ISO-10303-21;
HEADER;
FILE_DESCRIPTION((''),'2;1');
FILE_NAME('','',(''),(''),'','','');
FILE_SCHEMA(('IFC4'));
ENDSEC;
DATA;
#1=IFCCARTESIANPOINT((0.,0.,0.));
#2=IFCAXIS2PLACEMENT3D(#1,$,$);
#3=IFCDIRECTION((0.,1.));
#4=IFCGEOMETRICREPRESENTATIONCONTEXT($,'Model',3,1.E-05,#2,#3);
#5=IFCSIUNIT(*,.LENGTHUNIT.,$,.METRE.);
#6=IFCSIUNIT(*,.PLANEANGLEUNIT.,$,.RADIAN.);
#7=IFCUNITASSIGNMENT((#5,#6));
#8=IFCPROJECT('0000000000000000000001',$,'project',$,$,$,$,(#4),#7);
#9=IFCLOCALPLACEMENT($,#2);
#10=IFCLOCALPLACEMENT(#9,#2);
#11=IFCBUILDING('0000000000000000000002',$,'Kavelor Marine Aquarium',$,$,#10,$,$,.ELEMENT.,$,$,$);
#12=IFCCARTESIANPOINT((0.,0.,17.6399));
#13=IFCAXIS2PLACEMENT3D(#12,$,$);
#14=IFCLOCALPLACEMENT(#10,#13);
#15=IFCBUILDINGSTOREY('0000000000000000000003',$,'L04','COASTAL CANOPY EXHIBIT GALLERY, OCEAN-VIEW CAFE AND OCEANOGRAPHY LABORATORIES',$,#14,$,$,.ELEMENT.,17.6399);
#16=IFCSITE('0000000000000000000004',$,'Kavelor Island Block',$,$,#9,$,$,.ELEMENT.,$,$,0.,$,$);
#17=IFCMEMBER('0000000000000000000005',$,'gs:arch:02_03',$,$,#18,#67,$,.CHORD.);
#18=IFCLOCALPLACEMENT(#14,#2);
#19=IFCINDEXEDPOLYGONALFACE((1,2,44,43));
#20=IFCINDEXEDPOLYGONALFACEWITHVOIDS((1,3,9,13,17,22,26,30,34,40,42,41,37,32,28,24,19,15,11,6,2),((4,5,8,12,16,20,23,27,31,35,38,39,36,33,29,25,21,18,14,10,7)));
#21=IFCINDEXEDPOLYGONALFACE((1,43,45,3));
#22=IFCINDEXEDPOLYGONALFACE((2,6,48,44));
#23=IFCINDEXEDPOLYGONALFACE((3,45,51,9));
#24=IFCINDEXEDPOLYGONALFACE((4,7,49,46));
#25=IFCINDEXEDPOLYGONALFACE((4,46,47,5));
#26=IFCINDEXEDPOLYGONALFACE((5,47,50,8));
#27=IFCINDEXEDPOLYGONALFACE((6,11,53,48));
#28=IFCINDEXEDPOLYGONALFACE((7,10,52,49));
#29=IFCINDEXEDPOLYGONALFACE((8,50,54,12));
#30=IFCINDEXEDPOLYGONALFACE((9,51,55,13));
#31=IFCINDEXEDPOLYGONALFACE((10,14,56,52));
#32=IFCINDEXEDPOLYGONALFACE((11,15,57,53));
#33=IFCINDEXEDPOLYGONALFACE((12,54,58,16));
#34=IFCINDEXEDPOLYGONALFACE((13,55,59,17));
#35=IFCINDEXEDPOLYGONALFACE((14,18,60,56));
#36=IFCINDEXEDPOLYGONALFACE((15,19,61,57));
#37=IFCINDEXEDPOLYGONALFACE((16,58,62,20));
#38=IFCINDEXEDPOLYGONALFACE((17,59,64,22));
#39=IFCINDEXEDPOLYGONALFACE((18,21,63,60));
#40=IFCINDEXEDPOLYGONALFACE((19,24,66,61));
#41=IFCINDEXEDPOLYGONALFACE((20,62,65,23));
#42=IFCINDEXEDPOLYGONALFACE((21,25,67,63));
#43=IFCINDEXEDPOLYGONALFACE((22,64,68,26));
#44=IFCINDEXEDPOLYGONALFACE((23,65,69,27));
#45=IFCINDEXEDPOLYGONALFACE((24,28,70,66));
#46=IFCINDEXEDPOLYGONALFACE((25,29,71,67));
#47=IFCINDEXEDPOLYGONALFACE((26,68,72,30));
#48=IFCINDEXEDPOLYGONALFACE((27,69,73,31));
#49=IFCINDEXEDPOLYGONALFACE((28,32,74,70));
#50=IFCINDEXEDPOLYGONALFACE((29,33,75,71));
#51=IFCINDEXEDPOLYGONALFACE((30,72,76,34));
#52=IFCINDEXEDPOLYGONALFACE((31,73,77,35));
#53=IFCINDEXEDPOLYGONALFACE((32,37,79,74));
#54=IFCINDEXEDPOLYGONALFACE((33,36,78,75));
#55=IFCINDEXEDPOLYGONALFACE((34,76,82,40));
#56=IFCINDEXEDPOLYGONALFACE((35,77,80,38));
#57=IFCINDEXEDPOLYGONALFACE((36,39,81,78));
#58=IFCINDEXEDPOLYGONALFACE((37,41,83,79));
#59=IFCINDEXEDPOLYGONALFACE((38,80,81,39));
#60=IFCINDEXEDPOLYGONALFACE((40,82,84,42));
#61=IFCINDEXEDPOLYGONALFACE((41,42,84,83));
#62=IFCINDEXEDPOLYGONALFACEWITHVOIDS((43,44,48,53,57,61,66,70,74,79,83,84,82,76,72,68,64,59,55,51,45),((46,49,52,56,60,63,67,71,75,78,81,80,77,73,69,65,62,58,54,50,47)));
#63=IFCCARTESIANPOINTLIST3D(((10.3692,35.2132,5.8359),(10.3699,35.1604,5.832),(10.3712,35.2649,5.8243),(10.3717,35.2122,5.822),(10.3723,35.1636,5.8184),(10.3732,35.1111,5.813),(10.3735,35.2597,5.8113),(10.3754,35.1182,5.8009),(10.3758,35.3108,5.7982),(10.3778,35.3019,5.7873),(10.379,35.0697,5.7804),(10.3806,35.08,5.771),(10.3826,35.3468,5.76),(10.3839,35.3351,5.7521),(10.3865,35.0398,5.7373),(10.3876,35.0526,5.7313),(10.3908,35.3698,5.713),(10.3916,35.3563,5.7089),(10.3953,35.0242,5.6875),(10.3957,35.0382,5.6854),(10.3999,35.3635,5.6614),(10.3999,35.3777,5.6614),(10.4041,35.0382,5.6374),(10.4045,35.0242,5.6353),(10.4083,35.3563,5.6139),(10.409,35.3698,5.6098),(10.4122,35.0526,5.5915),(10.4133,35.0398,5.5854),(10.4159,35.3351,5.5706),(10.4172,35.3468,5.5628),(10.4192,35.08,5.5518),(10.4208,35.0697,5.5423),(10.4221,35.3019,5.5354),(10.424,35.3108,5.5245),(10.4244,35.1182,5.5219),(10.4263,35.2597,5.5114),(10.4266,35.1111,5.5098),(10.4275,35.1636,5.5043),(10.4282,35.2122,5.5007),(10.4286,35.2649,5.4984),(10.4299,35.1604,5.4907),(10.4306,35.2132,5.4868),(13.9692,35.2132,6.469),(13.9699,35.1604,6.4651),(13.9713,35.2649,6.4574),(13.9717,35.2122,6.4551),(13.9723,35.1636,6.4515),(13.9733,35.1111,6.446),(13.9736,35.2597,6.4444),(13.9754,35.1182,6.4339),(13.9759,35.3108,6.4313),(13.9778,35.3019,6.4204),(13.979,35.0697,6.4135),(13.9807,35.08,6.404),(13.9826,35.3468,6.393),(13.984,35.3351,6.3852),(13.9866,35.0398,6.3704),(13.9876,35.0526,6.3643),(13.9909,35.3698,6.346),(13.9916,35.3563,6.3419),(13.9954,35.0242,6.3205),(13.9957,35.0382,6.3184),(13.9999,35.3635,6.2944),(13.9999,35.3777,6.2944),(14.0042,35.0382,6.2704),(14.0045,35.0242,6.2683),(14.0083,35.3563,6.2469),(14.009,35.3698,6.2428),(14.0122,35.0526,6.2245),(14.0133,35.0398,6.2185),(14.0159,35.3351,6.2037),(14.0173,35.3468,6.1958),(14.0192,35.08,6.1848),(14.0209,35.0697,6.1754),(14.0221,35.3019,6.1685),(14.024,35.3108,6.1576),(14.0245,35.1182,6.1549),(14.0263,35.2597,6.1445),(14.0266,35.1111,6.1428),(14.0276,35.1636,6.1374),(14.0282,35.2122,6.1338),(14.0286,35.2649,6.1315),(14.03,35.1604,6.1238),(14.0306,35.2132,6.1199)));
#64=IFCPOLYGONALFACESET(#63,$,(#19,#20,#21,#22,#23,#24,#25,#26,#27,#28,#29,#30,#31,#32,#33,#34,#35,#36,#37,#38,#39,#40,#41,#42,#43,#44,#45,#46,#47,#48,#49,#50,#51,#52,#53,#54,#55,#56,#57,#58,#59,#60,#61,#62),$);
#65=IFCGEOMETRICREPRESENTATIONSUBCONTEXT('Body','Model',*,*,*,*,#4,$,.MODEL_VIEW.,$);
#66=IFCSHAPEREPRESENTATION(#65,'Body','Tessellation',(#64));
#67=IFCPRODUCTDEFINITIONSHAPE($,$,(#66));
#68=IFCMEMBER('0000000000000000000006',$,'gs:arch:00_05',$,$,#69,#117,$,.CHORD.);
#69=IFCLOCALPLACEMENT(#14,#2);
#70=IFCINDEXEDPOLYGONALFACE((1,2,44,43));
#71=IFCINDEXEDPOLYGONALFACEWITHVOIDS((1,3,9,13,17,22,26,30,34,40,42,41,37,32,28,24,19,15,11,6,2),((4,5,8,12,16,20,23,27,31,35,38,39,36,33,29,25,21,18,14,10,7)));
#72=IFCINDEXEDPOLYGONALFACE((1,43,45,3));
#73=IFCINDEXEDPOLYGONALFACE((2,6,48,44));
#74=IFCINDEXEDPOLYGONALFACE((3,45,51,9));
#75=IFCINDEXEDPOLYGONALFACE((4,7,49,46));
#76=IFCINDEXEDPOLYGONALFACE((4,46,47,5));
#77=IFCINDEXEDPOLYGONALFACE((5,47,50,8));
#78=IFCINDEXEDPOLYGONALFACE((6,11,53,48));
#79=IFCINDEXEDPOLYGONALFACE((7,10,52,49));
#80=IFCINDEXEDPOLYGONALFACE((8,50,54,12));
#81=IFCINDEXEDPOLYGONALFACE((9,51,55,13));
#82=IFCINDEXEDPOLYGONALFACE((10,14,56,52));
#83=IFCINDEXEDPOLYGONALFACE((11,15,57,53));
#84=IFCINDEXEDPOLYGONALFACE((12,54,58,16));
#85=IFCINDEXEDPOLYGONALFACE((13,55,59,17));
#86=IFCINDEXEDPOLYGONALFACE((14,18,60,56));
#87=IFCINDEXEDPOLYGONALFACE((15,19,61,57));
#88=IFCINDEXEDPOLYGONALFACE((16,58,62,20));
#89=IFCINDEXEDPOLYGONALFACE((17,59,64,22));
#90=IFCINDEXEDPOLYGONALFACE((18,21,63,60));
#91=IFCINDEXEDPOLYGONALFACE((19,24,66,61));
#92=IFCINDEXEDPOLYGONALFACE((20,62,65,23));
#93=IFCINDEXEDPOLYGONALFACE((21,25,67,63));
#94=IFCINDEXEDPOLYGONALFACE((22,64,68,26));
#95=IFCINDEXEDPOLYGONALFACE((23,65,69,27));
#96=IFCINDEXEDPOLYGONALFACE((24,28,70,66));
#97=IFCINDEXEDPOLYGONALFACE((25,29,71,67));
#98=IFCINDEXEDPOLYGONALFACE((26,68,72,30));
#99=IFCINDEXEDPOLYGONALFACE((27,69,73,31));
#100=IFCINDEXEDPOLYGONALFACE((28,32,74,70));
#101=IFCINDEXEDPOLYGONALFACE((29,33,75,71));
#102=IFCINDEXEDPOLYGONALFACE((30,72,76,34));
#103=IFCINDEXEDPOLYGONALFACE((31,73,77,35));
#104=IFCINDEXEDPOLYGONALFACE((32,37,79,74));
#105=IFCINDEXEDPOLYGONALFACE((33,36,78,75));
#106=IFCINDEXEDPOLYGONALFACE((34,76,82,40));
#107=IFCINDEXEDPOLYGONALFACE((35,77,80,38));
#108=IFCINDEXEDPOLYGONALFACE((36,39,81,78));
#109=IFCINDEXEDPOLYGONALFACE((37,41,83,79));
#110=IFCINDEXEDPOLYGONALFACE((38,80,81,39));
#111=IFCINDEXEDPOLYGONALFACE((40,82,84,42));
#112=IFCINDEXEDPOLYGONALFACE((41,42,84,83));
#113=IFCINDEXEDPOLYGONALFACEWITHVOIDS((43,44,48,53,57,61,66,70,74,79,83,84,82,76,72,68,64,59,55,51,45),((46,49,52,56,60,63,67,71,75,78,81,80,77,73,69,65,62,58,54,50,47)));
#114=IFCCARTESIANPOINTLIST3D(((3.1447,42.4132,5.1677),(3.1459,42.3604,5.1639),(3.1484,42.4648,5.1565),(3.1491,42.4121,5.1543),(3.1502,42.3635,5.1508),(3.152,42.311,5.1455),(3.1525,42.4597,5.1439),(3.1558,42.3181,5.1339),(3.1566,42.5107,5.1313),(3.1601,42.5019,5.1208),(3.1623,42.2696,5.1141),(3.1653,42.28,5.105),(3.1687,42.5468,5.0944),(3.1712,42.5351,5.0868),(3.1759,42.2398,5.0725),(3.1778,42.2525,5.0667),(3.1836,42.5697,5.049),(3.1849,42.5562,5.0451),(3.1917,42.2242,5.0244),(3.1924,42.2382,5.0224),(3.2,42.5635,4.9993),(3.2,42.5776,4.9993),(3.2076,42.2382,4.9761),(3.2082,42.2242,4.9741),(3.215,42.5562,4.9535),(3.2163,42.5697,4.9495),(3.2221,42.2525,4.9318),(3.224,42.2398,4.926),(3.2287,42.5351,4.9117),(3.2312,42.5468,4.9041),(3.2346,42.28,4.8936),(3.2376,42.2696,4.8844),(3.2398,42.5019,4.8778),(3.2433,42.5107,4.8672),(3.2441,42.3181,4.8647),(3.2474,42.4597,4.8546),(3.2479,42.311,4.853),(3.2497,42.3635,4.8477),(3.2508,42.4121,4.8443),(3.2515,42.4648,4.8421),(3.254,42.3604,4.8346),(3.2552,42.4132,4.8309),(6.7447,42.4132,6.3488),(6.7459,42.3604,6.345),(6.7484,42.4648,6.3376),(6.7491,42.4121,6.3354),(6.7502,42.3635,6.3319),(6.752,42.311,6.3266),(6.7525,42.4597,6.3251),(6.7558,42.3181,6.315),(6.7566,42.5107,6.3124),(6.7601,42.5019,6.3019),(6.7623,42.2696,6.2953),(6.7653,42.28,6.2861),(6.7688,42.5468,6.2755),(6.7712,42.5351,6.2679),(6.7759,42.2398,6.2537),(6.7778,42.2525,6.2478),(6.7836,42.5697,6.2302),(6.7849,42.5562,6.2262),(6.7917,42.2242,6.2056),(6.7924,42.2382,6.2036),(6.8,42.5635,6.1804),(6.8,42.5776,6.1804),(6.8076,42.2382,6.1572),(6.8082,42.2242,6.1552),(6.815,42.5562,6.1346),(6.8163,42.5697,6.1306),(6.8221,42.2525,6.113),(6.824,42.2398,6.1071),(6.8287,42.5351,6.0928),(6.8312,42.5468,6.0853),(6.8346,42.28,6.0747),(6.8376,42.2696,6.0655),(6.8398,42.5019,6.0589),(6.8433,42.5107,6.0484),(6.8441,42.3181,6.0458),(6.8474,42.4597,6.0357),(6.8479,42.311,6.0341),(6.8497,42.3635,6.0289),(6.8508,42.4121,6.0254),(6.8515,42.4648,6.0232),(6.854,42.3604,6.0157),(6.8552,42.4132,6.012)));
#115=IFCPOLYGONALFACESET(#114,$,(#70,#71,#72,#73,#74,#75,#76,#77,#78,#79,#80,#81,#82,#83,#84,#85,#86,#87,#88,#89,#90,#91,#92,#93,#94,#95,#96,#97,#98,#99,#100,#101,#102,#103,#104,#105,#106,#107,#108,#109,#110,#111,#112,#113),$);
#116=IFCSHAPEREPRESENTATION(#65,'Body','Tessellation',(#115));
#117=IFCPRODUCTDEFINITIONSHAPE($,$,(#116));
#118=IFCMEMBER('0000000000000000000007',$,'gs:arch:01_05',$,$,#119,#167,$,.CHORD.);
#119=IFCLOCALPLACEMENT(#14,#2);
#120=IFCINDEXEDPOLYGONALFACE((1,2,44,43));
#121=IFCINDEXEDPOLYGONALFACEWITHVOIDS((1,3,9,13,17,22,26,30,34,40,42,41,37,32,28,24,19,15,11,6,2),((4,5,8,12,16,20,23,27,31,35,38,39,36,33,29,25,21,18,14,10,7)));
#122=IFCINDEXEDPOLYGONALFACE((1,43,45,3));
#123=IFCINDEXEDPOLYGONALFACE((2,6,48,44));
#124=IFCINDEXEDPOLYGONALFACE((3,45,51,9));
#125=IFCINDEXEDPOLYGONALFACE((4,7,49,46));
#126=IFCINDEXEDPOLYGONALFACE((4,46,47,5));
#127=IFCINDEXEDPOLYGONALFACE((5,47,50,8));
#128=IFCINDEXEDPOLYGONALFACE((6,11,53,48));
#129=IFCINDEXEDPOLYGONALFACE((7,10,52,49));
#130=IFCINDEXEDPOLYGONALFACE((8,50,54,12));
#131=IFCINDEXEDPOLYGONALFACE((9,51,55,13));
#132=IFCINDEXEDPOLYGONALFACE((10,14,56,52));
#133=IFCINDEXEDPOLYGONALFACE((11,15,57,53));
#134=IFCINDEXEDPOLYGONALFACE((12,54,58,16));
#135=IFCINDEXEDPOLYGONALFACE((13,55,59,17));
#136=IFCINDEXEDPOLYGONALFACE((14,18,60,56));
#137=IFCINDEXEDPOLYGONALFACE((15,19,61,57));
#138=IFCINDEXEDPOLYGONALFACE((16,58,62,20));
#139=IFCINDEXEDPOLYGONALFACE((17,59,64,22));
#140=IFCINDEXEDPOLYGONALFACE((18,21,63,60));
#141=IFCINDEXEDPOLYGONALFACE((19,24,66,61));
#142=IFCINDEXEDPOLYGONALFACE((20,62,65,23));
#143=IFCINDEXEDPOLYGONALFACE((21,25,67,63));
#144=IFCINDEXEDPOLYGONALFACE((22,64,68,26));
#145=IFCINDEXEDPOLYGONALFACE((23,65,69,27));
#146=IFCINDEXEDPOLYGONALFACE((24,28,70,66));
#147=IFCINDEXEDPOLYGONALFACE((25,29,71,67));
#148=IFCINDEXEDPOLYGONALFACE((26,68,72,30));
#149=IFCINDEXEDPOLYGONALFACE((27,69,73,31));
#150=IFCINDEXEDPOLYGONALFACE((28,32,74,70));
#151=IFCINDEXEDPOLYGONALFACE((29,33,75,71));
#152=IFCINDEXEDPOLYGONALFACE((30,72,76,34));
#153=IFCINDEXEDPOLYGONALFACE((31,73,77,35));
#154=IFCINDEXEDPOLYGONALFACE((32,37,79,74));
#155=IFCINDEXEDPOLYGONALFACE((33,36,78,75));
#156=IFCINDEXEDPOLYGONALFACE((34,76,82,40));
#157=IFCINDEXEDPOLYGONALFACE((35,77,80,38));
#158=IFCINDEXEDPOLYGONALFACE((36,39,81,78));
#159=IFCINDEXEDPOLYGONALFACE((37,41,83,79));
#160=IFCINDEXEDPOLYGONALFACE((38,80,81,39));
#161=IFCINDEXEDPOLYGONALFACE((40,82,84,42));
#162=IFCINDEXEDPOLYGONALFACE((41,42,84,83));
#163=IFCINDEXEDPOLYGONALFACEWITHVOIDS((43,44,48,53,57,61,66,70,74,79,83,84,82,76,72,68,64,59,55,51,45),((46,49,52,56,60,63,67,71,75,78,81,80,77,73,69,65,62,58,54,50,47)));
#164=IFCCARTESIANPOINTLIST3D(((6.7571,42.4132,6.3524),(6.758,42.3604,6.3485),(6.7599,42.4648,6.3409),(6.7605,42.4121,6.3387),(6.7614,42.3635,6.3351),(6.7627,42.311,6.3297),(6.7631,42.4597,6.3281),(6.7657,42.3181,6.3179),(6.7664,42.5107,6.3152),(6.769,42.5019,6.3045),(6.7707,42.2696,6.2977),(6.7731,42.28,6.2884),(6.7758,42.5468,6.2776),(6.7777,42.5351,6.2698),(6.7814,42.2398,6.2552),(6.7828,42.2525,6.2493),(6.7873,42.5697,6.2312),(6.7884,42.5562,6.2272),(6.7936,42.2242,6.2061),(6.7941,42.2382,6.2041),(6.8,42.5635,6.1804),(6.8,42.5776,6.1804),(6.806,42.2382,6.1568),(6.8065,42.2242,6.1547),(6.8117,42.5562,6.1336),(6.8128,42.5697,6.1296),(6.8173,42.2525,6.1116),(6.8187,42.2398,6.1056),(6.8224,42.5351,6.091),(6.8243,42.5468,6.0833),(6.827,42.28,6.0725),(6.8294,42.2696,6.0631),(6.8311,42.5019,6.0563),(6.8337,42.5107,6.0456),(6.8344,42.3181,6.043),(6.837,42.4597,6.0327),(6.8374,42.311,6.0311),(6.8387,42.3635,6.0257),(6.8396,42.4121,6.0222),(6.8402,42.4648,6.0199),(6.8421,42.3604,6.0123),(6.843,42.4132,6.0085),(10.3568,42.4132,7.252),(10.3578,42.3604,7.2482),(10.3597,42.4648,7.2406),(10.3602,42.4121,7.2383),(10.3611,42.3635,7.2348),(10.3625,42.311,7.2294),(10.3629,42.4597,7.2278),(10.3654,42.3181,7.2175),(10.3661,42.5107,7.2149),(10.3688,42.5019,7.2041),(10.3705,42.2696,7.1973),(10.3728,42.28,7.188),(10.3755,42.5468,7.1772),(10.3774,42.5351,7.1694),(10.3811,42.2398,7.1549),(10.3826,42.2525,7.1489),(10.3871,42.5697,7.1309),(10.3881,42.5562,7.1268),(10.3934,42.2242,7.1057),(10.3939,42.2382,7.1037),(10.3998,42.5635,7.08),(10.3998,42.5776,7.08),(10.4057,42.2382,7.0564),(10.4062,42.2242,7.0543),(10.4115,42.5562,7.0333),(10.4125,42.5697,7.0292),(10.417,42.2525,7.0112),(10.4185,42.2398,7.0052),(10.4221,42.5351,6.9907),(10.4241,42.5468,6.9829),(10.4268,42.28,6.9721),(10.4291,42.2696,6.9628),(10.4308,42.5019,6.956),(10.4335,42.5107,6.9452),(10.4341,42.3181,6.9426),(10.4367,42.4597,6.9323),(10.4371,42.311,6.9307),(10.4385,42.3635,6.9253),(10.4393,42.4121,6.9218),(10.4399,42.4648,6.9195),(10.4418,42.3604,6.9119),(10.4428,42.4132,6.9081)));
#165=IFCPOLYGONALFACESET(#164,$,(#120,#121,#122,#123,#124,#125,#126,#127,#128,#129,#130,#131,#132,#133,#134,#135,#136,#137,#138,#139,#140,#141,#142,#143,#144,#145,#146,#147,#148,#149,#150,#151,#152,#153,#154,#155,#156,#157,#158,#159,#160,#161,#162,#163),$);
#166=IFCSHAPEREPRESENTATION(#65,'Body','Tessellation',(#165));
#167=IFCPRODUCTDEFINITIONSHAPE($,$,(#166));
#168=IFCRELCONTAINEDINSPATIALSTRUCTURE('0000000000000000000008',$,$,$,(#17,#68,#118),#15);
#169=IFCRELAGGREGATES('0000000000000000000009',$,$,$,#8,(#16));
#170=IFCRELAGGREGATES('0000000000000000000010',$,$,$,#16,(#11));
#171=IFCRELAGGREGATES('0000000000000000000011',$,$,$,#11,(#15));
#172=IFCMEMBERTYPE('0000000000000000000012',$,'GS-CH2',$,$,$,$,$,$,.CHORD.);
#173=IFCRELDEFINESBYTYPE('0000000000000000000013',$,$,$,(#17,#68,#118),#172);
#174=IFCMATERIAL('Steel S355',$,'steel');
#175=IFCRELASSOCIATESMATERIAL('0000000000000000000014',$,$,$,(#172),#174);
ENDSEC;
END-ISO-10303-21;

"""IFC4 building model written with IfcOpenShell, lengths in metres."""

from ifc_helpers import new_model, si_unit, direction, frame, origin, origin_2d, place, context, subcontext, project, spatial, hollow_circle, extrude, material, material_profile, profile_set, type_object, element, save


model = new_model("IFC4")

# Units and contexts
model_context = context("Model", 3, precision=1e-05, world=origin(), true_north=direction((0.0, 1.0)))
body_context = subcontext(model_context, "Body", "Model", "MODEL_VIEW")
ifc_project = project(units=[si_unit("LENGTHUNIT", "METRE"), si_unit("PLANEANGLEUNIT", "RADIAN")], contexts=[model_context])

# Site, building, storey
site_placement = place(None, origin())
site = spatial("IfcSite", under=ifc_project, at=site_placement, Name="Kavelor Island Block", CompositionType="ELEMENT", RefElevation=0.0)
building_placement = place(site_placement, origin())
building = spatial("IfcBuilding", under=site, at=building_placement, Name="Kavelor Marine Aquarium", CompositionType="ELEMENT")
storey_placement = place(building_placement, frame((0.0, 0.0, 17.6399)))
storey = spatial("IfcBuildingStorey", under=building, at=storey_placement, Name="L04", Description="COASTAL CANOPY EXHIBIT GALLERY, OCEAN-VIEW CAFE AND OCEANOGRAPHY LABORATORIES", CompositionType="ELEMENT", Elevation=17.6399)

# Members
ifc_material_1 = material(Name="Steel S355", Category="steel")
ifc_material_profile_1 = material_profile(ifc_material_1, hollow_circle(Radius=0.1777, WallThickness=0.0142, at=origin_2d()), Name="CHS 355.6x14.2")
ifc_profile_set_1 = profile_set([ifc_material_profile_1], Name="Steel S355")
member_type_1 = type_object("IfcMemberType", Name="GS-CH2", PredefinedType="CHORD", material=ifc_profile_set_1)
member_1_placement = place(storey_placement, frame((10.3999, 35.2, 5.6614), z_axis=(0.984889, 0.0, 0.173187), x_axis=(0.0, 1.0, 0.0)))
element("IfcMember", 1, at=member_1_placement, inside=storey, type_object=member_type_1, Name="gs:arch:02_03", PredefinedType="CHORD", context=body_context, shape_type="SweptSolid", body=[
    extrude(hollow_circle(Radius=0.1777, WallThickness=0.0142, at=origin_2d()), origin(), (0.0, 0.0, 1.0), 3.6553),
])
member_2_placement = place(storey_placement, frame((3.2, 42.3999, 4.9993), z_axis=(0.950168, 0.0, 0.31174), x_axis=(0.0, 1.0, 0.0)))
element("IfcMember", 2, at=member_2_placement, inside=storey, type_object=member_type_1, Name="gs:arch:00_05", PredefinedType="CHORD", context=body_context, shape_type="SweptSolid", body=[
    extrude(hollow_circle(Radius=0.1777, WallThickness=0.0142, at=origin_2d()), origin(), (0.0, 0.0, 1.0), 3.7888),
])
member_3_placement = place(storey_placement, frame((6.8, 42.3999, 6.1804), z_axis=(0.970162, 0.0, 0.242458), x_axis=(0.0, 1.0, 0.0)))
element("IfcMember", 3, at=member_3_placement, inside=storey, type_object=member_type_1, Name="gs:arch:01_05", PredefinedType="CHORD", context=body_context, shape_type="SweptSolid", body=[
    extrude(hollow_circle(Radius=0.1777, WallThickness=0.0142, at=origin_2d()), origin(), (0.0, 0.0, 1.0), 3.7104),
])

save(model, "model.ifc")
